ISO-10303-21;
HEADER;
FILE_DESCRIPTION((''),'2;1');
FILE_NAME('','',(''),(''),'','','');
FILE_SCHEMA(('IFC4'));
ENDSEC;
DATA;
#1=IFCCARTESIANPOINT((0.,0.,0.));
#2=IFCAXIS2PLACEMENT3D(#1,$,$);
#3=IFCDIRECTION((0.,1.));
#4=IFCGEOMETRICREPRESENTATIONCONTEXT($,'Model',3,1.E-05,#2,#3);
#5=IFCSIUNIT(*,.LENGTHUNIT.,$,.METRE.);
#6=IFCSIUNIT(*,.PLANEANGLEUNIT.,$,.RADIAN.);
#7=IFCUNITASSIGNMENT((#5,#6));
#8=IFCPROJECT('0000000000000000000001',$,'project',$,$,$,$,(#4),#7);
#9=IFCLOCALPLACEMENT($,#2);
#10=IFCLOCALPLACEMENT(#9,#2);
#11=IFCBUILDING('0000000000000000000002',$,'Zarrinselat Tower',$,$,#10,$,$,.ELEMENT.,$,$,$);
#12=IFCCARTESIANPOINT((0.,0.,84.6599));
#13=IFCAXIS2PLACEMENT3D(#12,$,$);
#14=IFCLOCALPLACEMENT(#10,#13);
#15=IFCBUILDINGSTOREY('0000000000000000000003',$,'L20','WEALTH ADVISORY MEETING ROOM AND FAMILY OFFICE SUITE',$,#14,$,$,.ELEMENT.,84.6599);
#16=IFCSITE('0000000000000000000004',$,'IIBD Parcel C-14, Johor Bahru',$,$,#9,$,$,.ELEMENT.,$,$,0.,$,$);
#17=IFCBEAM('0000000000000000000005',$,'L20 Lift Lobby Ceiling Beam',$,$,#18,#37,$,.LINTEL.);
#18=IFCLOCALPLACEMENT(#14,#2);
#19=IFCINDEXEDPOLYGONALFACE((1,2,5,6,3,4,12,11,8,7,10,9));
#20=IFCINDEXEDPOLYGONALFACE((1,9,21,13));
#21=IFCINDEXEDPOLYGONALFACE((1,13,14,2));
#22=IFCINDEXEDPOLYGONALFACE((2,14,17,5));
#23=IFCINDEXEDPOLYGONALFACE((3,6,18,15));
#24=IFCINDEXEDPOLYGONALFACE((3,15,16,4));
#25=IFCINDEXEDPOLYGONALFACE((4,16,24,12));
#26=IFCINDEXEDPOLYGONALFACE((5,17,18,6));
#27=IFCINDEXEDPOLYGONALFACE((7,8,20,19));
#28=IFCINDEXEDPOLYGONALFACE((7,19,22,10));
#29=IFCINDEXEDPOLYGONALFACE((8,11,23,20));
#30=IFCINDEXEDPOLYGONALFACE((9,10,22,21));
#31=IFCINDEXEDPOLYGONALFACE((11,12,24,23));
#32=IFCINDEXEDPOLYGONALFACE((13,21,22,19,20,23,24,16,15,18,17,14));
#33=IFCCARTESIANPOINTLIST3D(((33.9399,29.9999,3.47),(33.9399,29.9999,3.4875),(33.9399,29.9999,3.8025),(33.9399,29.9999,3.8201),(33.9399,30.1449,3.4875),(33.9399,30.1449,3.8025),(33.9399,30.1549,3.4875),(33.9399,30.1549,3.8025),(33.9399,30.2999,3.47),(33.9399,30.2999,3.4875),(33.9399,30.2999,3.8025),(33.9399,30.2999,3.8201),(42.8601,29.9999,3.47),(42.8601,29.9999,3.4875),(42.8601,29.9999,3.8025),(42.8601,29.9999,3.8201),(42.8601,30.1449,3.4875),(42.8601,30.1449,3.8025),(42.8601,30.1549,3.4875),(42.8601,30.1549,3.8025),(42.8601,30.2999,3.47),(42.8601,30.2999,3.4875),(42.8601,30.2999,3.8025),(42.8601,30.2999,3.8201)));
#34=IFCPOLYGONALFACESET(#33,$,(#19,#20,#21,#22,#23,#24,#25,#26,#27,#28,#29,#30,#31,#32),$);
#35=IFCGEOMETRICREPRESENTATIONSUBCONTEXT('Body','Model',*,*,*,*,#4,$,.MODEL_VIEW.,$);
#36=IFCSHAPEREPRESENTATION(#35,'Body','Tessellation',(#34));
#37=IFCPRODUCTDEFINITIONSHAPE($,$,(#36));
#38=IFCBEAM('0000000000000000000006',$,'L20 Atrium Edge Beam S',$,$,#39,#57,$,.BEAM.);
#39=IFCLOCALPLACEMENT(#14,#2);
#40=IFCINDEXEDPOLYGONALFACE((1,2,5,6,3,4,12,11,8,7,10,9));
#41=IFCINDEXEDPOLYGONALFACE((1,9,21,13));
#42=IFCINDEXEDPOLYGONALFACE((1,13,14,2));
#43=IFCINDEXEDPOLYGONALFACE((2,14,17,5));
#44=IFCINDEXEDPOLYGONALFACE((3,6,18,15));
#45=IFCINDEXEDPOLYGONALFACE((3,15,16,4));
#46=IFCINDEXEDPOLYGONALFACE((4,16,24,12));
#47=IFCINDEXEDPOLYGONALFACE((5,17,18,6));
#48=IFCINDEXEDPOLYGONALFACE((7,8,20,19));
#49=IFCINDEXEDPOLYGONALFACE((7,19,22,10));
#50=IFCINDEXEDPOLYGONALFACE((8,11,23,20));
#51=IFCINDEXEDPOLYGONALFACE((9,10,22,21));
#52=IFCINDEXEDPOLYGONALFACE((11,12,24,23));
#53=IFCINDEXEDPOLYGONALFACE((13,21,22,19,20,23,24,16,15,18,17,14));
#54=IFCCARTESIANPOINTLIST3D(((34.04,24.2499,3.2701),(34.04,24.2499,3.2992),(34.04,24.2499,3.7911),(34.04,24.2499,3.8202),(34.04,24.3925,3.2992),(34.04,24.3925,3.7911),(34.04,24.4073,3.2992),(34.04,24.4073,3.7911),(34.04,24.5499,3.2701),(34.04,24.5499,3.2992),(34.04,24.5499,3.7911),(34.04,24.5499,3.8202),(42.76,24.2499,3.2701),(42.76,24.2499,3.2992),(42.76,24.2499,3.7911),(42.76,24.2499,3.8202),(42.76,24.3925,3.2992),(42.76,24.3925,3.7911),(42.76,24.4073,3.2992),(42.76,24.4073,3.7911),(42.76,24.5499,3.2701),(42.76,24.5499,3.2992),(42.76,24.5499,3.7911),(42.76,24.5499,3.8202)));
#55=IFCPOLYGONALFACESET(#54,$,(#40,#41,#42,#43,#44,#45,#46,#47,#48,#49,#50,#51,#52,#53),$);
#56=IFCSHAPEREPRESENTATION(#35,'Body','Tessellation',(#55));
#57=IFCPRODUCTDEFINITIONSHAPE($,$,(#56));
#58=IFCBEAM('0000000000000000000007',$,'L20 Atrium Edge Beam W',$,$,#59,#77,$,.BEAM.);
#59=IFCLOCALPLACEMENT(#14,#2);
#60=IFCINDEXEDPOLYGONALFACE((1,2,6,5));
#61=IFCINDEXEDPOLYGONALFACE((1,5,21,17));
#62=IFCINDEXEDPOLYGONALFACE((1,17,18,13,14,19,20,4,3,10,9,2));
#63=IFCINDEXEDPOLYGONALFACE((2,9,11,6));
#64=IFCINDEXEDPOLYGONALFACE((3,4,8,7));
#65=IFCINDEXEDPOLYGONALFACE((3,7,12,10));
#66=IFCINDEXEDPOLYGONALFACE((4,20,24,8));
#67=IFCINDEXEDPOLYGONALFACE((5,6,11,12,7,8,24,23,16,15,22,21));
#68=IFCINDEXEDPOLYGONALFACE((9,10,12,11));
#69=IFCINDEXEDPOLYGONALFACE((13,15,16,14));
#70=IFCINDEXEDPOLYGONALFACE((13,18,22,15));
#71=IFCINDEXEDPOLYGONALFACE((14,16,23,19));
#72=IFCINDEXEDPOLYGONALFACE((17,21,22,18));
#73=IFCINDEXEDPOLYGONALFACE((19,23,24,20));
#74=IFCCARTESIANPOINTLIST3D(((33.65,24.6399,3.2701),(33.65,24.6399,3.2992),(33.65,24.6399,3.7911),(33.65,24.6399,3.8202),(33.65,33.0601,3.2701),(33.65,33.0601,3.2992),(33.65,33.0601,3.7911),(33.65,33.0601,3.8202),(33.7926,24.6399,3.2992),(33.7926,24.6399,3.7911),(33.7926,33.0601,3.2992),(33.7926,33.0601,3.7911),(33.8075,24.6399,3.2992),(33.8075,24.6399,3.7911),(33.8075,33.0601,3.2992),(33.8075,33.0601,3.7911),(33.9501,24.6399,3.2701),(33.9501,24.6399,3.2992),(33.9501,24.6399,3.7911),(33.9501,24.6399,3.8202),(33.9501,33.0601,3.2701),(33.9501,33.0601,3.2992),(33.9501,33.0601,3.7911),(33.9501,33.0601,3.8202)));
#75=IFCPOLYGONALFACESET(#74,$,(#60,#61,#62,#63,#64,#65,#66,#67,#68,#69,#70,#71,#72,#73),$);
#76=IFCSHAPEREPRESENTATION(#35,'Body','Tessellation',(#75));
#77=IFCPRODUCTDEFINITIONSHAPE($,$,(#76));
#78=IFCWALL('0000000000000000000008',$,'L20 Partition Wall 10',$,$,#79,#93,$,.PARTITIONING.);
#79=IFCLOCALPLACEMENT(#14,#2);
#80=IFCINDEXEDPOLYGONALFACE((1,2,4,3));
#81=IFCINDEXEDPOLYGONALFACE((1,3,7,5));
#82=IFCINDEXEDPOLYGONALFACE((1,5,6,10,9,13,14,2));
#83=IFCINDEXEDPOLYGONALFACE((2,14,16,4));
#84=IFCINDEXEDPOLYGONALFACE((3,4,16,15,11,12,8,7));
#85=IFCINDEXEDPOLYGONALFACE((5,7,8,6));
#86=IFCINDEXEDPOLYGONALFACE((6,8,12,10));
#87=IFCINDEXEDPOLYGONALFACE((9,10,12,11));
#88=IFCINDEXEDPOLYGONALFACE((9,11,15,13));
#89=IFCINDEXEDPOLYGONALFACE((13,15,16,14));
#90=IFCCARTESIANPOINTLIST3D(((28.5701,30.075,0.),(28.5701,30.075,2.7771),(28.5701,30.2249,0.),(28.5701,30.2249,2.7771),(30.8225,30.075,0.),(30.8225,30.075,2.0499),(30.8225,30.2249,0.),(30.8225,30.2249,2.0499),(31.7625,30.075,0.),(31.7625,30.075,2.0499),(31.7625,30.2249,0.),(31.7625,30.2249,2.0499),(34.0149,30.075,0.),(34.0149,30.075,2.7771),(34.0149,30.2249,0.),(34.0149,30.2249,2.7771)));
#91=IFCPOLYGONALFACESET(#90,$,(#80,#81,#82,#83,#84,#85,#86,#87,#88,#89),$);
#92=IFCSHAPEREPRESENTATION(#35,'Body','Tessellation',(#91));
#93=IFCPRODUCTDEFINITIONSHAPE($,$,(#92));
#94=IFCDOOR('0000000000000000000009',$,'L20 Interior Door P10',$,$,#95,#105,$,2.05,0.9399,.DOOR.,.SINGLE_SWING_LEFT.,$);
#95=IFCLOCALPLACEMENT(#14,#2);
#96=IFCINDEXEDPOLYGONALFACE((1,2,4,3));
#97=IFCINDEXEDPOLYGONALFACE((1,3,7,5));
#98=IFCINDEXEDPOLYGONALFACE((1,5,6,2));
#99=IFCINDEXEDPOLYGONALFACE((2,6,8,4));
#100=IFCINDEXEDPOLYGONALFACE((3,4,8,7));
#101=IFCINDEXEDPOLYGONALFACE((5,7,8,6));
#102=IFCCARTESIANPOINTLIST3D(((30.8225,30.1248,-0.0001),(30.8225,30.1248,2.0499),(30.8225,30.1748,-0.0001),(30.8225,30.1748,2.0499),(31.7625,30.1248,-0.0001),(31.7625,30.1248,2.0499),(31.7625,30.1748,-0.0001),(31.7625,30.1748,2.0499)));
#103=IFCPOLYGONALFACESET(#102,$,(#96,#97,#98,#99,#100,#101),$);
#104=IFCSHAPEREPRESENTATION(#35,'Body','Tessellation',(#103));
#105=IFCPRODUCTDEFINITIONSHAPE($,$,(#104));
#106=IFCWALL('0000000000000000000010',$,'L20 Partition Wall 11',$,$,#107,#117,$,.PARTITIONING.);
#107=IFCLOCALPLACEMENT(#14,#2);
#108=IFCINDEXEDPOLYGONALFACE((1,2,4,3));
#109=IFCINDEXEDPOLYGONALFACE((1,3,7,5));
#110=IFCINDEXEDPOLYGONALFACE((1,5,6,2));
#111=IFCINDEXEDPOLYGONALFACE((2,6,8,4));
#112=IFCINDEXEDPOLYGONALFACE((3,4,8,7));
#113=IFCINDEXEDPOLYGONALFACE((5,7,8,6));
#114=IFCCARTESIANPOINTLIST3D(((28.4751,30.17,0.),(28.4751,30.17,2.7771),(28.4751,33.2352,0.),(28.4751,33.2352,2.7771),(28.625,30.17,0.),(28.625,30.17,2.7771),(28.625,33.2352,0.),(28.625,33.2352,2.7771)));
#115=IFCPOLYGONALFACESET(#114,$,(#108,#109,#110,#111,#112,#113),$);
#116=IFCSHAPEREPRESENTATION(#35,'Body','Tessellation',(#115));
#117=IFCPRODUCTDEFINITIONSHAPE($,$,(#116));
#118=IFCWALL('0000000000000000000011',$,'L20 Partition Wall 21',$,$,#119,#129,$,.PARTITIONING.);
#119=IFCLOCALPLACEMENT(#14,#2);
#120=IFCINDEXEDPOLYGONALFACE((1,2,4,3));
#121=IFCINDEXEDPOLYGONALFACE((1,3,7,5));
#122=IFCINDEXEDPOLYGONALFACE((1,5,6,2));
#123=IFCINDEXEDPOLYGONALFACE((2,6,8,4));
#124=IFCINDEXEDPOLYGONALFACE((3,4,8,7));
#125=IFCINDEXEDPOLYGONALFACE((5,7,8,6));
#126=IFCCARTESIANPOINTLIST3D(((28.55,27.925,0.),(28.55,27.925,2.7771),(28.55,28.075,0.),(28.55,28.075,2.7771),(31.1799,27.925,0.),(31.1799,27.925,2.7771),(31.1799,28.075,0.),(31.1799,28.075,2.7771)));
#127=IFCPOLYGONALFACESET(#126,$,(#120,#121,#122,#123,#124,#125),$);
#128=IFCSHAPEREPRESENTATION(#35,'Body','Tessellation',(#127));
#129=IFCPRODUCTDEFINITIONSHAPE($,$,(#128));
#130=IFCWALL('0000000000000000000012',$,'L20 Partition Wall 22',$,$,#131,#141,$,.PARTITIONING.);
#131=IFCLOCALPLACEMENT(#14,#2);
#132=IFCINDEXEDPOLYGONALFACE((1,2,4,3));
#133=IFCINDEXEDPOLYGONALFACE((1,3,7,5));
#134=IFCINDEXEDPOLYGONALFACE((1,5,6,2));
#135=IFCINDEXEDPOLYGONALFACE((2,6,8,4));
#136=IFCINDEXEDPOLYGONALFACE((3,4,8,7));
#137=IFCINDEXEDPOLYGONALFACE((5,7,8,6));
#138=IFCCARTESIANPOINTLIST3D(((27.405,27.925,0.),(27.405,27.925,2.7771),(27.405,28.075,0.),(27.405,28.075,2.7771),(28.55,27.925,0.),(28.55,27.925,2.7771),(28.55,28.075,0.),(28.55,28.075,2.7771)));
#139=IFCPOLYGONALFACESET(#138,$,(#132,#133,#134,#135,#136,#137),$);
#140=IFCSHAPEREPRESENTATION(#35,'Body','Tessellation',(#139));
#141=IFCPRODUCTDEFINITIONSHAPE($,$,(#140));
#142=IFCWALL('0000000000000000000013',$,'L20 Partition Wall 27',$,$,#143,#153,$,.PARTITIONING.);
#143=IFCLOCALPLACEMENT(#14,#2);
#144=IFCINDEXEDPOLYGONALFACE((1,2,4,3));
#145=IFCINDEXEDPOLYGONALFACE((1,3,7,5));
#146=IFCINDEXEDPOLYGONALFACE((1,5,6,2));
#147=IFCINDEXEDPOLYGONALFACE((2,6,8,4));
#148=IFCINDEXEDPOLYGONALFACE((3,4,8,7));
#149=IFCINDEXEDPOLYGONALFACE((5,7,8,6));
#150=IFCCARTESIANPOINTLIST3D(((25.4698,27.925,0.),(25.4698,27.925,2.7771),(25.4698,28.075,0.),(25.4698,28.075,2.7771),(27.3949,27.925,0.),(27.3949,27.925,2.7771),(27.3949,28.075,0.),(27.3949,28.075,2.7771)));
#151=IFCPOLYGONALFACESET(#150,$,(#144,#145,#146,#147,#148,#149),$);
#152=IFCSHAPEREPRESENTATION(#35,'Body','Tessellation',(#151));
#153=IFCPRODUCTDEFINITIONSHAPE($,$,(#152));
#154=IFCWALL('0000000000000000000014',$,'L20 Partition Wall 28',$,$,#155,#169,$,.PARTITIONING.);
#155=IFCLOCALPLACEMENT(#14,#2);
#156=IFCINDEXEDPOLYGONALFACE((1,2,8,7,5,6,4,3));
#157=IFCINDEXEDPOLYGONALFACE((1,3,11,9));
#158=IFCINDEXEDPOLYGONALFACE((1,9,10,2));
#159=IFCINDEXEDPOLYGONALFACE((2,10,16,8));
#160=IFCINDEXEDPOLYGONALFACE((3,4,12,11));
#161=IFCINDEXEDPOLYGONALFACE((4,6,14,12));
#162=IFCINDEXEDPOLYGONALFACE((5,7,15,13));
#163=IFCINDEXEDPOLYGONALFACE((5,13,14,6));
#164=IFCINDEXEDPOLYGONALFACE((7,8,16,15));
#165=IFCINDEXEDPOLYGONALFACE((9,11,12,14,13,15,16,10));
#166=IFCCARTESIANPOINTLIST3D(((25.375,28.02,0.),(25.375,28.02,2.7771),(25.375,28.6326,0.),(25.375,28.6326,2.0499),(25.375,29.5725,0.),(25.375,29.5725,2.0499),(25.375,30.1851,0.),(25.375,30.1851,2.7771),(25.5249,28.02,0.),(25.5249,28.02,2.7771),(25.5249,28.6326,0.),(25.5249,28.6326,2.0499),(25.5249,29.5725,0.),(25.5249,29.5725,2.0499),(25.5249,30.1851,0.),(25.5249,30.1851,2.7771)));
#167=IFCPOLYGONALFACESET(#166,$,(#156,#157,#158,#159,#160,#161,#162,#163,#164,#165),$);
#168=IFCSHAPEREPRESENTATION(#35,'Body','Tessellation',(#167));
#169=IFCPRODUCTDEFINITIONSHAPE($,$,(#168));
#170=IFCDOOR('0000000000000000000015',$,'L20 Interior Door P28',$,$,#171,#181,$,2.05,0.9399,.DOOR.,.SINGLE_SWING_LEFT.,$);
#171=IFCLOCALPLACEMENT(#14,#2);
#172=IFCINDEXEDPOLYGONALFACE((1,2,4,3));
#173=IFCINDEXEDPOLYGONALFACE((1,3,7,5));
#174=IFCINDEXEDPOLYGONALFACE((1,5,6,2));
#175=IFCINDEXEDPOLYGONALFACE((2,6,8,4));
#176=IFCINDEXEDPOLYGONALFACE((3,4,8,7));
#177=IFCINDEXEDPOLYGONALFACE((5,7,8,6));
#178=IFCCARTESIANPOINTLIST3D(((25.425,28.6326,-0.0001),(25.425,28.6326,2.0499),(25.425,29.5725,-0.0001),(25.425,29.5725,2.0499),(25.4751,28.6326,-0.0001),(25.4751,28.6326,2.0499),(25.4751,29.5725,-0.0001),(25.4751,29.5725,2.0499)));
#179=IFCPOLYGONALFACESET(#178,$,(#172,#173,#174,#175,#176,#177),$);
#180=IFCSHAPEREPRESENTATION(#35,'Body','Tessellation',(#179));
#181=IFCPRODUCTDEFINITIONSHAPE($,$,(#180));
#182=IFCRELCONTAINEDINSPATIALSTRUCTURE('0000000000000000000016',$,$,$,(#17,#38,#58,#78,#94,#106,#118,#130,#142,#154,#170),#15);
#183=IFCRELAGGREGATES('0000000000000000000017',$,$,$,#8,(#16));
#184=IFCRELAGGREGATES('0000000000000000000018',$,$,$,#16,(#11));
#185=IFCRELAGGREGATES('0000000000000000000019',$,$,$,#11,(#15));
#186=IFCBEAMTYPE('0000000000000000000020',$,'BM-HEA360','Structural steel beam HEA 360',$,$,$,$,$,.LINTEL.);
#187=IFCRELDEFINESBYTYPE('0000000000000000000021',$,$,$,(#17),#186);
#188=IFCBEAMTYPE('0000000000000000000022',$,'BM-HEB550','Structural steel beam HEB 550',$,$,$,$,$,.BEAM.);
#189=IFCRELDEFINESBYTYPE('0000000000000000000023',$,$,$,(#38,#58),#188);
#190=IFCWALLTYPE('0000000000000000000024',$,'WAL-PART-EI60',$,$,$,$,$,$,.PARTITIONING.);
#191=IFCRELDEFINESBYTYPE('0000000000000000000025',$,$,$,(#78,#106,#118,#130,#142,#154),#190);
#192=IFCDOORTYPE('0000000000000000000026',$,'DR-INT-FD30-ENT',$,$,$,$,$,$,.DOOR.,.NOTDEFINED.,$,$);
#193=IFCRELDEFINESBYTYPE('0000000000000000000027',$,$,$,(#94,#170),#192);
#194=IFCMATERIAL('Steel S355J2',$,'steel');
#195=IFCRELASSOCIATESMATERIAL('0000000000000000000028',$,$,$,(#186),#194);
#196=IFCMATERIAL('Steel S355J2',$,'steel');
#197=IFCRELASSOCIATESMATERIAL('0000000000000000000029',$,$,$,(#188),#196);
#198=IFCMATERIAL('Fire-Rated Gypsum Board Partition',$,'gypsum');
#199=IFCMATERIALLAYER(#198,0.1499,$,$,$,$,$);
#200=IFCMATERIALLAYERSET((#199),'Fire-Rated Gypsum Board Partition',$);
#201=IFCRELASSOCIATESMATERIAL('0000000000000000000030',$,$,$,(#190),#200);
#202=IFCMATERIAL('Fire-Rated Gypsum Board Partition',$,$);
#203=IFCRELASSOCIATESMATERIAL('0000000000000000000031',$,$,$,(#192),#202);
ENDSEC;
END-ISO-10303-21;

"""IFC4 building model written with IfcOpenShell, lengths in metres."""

from ifc_helpers import new_model, si_unit, direction, frame, frame_2d, origin, origin_2d, place, context, subcontext, project, spatial, rectangle, i_section, extrude, material, layer, layer_set, material_profile, profile_set, type_object, element, fill, save


model = new_model("IFC4")

# Units and contexts
model_context = context("Model", 3, precision=1e-05, world=origin(), true_north=direction((0.0, 1.0)))
body_context = subcontext(model_context, "Body", "Model", "MODEL_VIEW")
ifc_project = project(units=[si_unit("LENGTHUNIT", "METRE"), si_unit("PLANEANGLEUNIT", "RADIAN")], contexts=[model_context])

# Site, building, storey
site_placement = place(None, origin())
site = spatial("IfcSite", under=ifc_project, at=site_placement, Name="IIBD Parcel C-14, Johor Bahru", CompositionType="ELEMENT", RefElevation=0.0)
building_placement = place(site_placement, origin())
building = spatial("IfcBuilding", under=site, at=building_placement, Name="Zarrinselat Tower", CompositionType="ELEMENT")
storey_placement = place(building_placement, frame((0.0, 0.0, 84.6599)))
storey = spatial("IfcBuildingStorey", under=building, at=storey_placement, Name="L20", Description="WEALTH ADVISORY MEETING ROOM AND FAMILY OFFICE SUITE", CompositionType="ELEMENT", Elevation=84.6599)

# Beams
ifc_material_1 = material(Name="Steel S355J2", Category="steel")
ifc_material_profile_1 = material_profile(ifc_material_1, i_section(OverallWidth=0.3, OverallDepth=0.3501, WebThickness=0.01, FlangeThickness=0.0176, at=origin_2d()), Name="HEA 360")
ifc_profile_set_1 = profile_set([ifc_material_profile_1], Name="Steel S355J2")
beam_type_1 = type_object("IfcBeamType", Name="BM-HEA360", Description="Structural steel beam HEA 360", PredefinedType="LINTEL", material=ifc_profile_set_1)
beam_1_placement = place(storey_placement, frame((33.9399, 30.1499, 3.645), z_axis=(1.0, 0.0, 0.0), x_axis=(0.0, 1.0, 0.0)))
element("IfcBeam", 1, at=beam_1_placement, inside=storey, type_object=beam_type_1, Name="L20 Lift Lobby Ceiling Beam", PredefinedType="LINTEL", context=body_context, shape_type="SweptSolid", body=[
    extrude(i_section(OverallWidth=0.3, OverallDepth=0.3501, WebThickness=0.01, FlangeThickness=0.0176, at=origin_2d()), origin(), (0.0, 0.0, 1.0), 8.9202),
])
ifc_material_2 = material(Name="Steel S355J2", Category="steel")
ifc_material_profile_2 = material_profile(ifc_material_2, i_section(OverallWidth=0.3, OverallDepth=0.55, WebThickness=0.0149, FlangeThickness=0.0291, at=origin_2d()), Name="HEB 550")
ifc_profile_set_2 = profile_set([ifc_material_profile_2], Name="Steel S355J2")
beam_type_2 = type_object("IfcBeamType", Name="BM-HEB550", Description="Structural steel beam HEB 550", PredefinedType="BEAM", material=ifc_profile_set_2)
beam_2_placement = place(storey_placement, frame((34.04, 24.3999, 3.5452), z_axis=(1.0, 0.0, 0.0), x_axis=(0.0, 1.0, 0.0)))
element("IfcBeam", 2, at=beam_2_placement, inside=storey, type_object=beam_type_2, Name="L20 Atrium Edge Beam S", PredefinedType="BEAM", context=body_context, shape_type="SweptSolid", body=[
    extrude(i_section(OverallWidth=0.3, OverallDepth=0.55, WebThickness=0.0149, FlangeThickness=0.0291, at=origin_2d()), origin(), (0.0, 0.0, 1.0), 8.72),
])
beam_3_placement = place(storey_placement, frame((33.8, 24.6399, 3.5452), z_axis=(0.0, 1.0, 0.0), x_axis=(-1.0, 0.0, 0.0)))
element("IfcBeam", 3, at=beam_3_placement, inside=storey, type_object=beam_type_2, Name="L20 Atrium Edge Beam W", PredefinedType="BEAM", context=body_context, shape_type="SweptSolid", body=[
    extrude(i_section(OverallWidth=0.3, OverallDepth=0.55, WebThickness=0.0149, FlangeThickness=0.0291, at=origin_2d()), origin(), (0.0, 0.0, 1.0), 8.4202),
])

# Wall, opening, door
ifc_material_3 = material(Name="Fire-Rated Gypsum Board Partition", Category="gypsum")
ifc_layer_1 = layer(ifc_material_3, 0.1499)
ifc_layer_set_1 = layer_set([ifc_layer_1], Name="Fire-Rated Gypsum Board Partition")
wall_type_1 = type_object("IfcWallType", Name="WAL-PART-EI60", PredefinedType="PARTITIONING", material=ifc_layer_set_1)
wall_1_placement = place(storey_placement, frame((28.5701, 30.1499, 0.0), z_axis=(0.0, 0.0, 1.0), x_axis=(1.0, 0.0, 0.0)))
wall_1 = element("IfcWall", 4, at=wall_1_placement, inside=storey, type_object=wall_type_1, Name="L20 Partition Wall 10", PredefinedType="PARTITIONING", context=body_context, shape_type="SweptSolid", body=[
    extrude(rectangle(XDim=5.4448, YDim=0.1499, at=frame_2d((2.7224, 0.0))), origin(), (0.0, 0.0, 1.0), 2.7771),
])
opening_1_placement = place(wall_1_placement, frame((2.2524, 0.0, 0.0)))
opening_1 = element("IfcOpeningElement", 5, at=opening_1_placement, cuts=wall_1, PredefinedType="OPENING", context=body_context, shape_type="SweptSolid", body=[
    extrude(rectangle(XDim=0.9399, YDim=2.05, at=frame_2d((0.47, 1.0249))), frame((0.0, 0.085, 0.0), z_axis=(0.0, -1.0, 0.0), x_axis=(1.0, 0.0, 0.0)), (0.0, 0.0, 1.0), 0.1699),
])
ifc_material_4 = material(Name="Fire-Rated Gypsum Board Partition")
door_type_1 = type_object("IfcDoorType", Name="DR-INT-FD30-ENT", OperationType="NOTDEFINED", PredefinedType="DOOR", material=ifc_material_4)
door_1_placement = place(opening_1_placement, origin())
door_1 = element("IfcDoor", 6, at=door_1_placement, inside=storey, type_object=door_type_1, Name="L20 Interior Door P10", OperationType="SINGLE_SWING_LEFT", OverallHeight=2.05, OverallWidth=0.9399, PredefinedType="DOOR", context=body_context, shape_type="SweptSolid", body=[
    extrude(rectangle(XDim=0.9399, YDim=2.05, at=frame_2d((0.47, 1.0249))), frame((0.0, 0.0249, 0.0), z_axis=(0.0, -1.0, 0.0), x_axis=(1.0, 0.0, 0.0)), (0.0, 0.0, 1.0), 0.05),
])
fill(opening_1, door_1)

# Walls
wall_2_placement = place(storey_placement, frame((28.55, 30.1699, 0.0), z_axis=(0.0, 0.0, 1.0), x_axis=(0.0, 1.0, 0.0)))
element("IfcWall", 7, at=wall_2_placement, inside=storey, type_object=wall_type_1, Name="L20 Partition Wall 11", PredefinedType="PARTITIONING", context=body_context, shape_type="SweptSolid", body=[
    extrude(rectangle(XDim=3.0652, YDim=0.1499, at=frame_2d((1.5327, 0.0))), origin(), (0.0, 0.0, 1.0), 2.7771),
])
wall_3_placement = place(storey_placement, frame((28.55, 28.0, 0.0), z_axis=(0.0, 0.0, 1.0), x_axis=(1.0, 0.0, 0.0)))
element("IfcWall", 8, at=wall_3_placement, inside=storey, type_object=wall_type_1, Name="L20 Partition Wall 21", PredefinedType="PARTITIONING", context=body_context, shape_type="SweptSolid", body=[
    extrude(rectangle(XDim=2.6299, YDim=0.1499, at=frame_2d((1.3149, 0.0))), origin(), (0.0, 0.0, 1.0), 2.7771),
])
wall_4_placement = place(storey_placement, frame((27.405, 28.0, 0.0), z_axis=(0.0, 0.0, 1.0), x_axis=(1.0, 0.0, 0.0)))
element("IfcWall", 9, at=wall_4_placement, inside=storey, type_object=wall_type_1, Name="L20 Partition Wall 22", PredefinedType="PARTITIONING", context=body_context, shape_type="SweptSolid", body=[
    extrude(rectangle(XDim=1.145, YDim=0.1499, at=frame_2d((0.5725, 0.0))), origin(), (0.0, 0.0, 1.0), 2.7771),
])
wall_5_placement = place(storey_placement, frame((25.47, 28.0, 0.0), z_axis=(0.0, 0.0, 1.0), x_axis=(1.0, 0.0, 0.0)))
element("IfcWall", 10, at=wall_5_placement, inside=storey, type_object=wall_type_1, Name="L20 Partition Wall 27", PredefinedType="PARTITIONING", context=body_context, shape_type="SweptSolid", body=[
    extrude(rectangle(XDim=1.925, YDim=0.1499, at=frame_2d((0.9624, 0.0))), origin(), (0.0, 0.0, 1.0), 2.7771),
])

# Wall, opening, door
wall_6_placement = place(storey_placement, frame((25.45, 28.02, 0.0), z_axis=(0.0, 0.0, 1.0), x_axis=(0.0, 1.0, 0.0)))
wall_6 = element("IfcWall", 11, at=wall_6_placement, inside=storey, type_object=wall_type_1, Name="L20 Partition Wall 28", PredefinedType="PARTITIONING", context=body_context, shape_type="SweptSolid", body=[
    extrude(rectangle(XDim=2.165, YDim=0.1499, at=frame_2d((1.0825, 0.0))), origin(), (0.0, 0.0, 1.0), 2.7771),
])
opening_2_placement = place(wall_6_placement, frame((0.6125, 0.0, 0.0)))
opening_2 = element("IfcOpeningElement", 12, at=opening_2_placement, cuts=wall_6, PredefinedType="OPENING", context=body_context, shape_type="SweptSolid", body=[
    extrude(rectangle(XDim=0.9399, YDim=2.05, at=frame_2d((0.47, 1.0249))), frame((0.0, 0.085, 0.0), z_axis=(0.0, -1.0, 0.0), x_axis=(1.0, 0.0, 0.0)), (0.0, 0.0, 1.0), 0.1699),
])
door_2_placement = place(opening_2_placement, origin())
door_2 = element("IfcDoor", 13, at=door_2_placement, inside=storey, type_object=door_type_1, Name="L20 Interior Door P28", OperationType="SINGLE_SWING_LEFT", OverallHeight=2.05, OverallWidth=0.9399, PredefinedType="DOOR", context=body_context, shape_type="SweptSolid", body=[
    extrude(rectangle(XDim=0.9399, YDim=2.05, at=frame_2d((0.47, 1.0249))), frame((0.0, 0.0249, 0.0), z_axis=(0.0, -1.0, 0.0), x_axis=(1.0, 0.0, 0.0)), (0.0, 0.0, 1.0), 0.05),
])
fill(opening_2, door_2)

save(model, "model.ifc")
